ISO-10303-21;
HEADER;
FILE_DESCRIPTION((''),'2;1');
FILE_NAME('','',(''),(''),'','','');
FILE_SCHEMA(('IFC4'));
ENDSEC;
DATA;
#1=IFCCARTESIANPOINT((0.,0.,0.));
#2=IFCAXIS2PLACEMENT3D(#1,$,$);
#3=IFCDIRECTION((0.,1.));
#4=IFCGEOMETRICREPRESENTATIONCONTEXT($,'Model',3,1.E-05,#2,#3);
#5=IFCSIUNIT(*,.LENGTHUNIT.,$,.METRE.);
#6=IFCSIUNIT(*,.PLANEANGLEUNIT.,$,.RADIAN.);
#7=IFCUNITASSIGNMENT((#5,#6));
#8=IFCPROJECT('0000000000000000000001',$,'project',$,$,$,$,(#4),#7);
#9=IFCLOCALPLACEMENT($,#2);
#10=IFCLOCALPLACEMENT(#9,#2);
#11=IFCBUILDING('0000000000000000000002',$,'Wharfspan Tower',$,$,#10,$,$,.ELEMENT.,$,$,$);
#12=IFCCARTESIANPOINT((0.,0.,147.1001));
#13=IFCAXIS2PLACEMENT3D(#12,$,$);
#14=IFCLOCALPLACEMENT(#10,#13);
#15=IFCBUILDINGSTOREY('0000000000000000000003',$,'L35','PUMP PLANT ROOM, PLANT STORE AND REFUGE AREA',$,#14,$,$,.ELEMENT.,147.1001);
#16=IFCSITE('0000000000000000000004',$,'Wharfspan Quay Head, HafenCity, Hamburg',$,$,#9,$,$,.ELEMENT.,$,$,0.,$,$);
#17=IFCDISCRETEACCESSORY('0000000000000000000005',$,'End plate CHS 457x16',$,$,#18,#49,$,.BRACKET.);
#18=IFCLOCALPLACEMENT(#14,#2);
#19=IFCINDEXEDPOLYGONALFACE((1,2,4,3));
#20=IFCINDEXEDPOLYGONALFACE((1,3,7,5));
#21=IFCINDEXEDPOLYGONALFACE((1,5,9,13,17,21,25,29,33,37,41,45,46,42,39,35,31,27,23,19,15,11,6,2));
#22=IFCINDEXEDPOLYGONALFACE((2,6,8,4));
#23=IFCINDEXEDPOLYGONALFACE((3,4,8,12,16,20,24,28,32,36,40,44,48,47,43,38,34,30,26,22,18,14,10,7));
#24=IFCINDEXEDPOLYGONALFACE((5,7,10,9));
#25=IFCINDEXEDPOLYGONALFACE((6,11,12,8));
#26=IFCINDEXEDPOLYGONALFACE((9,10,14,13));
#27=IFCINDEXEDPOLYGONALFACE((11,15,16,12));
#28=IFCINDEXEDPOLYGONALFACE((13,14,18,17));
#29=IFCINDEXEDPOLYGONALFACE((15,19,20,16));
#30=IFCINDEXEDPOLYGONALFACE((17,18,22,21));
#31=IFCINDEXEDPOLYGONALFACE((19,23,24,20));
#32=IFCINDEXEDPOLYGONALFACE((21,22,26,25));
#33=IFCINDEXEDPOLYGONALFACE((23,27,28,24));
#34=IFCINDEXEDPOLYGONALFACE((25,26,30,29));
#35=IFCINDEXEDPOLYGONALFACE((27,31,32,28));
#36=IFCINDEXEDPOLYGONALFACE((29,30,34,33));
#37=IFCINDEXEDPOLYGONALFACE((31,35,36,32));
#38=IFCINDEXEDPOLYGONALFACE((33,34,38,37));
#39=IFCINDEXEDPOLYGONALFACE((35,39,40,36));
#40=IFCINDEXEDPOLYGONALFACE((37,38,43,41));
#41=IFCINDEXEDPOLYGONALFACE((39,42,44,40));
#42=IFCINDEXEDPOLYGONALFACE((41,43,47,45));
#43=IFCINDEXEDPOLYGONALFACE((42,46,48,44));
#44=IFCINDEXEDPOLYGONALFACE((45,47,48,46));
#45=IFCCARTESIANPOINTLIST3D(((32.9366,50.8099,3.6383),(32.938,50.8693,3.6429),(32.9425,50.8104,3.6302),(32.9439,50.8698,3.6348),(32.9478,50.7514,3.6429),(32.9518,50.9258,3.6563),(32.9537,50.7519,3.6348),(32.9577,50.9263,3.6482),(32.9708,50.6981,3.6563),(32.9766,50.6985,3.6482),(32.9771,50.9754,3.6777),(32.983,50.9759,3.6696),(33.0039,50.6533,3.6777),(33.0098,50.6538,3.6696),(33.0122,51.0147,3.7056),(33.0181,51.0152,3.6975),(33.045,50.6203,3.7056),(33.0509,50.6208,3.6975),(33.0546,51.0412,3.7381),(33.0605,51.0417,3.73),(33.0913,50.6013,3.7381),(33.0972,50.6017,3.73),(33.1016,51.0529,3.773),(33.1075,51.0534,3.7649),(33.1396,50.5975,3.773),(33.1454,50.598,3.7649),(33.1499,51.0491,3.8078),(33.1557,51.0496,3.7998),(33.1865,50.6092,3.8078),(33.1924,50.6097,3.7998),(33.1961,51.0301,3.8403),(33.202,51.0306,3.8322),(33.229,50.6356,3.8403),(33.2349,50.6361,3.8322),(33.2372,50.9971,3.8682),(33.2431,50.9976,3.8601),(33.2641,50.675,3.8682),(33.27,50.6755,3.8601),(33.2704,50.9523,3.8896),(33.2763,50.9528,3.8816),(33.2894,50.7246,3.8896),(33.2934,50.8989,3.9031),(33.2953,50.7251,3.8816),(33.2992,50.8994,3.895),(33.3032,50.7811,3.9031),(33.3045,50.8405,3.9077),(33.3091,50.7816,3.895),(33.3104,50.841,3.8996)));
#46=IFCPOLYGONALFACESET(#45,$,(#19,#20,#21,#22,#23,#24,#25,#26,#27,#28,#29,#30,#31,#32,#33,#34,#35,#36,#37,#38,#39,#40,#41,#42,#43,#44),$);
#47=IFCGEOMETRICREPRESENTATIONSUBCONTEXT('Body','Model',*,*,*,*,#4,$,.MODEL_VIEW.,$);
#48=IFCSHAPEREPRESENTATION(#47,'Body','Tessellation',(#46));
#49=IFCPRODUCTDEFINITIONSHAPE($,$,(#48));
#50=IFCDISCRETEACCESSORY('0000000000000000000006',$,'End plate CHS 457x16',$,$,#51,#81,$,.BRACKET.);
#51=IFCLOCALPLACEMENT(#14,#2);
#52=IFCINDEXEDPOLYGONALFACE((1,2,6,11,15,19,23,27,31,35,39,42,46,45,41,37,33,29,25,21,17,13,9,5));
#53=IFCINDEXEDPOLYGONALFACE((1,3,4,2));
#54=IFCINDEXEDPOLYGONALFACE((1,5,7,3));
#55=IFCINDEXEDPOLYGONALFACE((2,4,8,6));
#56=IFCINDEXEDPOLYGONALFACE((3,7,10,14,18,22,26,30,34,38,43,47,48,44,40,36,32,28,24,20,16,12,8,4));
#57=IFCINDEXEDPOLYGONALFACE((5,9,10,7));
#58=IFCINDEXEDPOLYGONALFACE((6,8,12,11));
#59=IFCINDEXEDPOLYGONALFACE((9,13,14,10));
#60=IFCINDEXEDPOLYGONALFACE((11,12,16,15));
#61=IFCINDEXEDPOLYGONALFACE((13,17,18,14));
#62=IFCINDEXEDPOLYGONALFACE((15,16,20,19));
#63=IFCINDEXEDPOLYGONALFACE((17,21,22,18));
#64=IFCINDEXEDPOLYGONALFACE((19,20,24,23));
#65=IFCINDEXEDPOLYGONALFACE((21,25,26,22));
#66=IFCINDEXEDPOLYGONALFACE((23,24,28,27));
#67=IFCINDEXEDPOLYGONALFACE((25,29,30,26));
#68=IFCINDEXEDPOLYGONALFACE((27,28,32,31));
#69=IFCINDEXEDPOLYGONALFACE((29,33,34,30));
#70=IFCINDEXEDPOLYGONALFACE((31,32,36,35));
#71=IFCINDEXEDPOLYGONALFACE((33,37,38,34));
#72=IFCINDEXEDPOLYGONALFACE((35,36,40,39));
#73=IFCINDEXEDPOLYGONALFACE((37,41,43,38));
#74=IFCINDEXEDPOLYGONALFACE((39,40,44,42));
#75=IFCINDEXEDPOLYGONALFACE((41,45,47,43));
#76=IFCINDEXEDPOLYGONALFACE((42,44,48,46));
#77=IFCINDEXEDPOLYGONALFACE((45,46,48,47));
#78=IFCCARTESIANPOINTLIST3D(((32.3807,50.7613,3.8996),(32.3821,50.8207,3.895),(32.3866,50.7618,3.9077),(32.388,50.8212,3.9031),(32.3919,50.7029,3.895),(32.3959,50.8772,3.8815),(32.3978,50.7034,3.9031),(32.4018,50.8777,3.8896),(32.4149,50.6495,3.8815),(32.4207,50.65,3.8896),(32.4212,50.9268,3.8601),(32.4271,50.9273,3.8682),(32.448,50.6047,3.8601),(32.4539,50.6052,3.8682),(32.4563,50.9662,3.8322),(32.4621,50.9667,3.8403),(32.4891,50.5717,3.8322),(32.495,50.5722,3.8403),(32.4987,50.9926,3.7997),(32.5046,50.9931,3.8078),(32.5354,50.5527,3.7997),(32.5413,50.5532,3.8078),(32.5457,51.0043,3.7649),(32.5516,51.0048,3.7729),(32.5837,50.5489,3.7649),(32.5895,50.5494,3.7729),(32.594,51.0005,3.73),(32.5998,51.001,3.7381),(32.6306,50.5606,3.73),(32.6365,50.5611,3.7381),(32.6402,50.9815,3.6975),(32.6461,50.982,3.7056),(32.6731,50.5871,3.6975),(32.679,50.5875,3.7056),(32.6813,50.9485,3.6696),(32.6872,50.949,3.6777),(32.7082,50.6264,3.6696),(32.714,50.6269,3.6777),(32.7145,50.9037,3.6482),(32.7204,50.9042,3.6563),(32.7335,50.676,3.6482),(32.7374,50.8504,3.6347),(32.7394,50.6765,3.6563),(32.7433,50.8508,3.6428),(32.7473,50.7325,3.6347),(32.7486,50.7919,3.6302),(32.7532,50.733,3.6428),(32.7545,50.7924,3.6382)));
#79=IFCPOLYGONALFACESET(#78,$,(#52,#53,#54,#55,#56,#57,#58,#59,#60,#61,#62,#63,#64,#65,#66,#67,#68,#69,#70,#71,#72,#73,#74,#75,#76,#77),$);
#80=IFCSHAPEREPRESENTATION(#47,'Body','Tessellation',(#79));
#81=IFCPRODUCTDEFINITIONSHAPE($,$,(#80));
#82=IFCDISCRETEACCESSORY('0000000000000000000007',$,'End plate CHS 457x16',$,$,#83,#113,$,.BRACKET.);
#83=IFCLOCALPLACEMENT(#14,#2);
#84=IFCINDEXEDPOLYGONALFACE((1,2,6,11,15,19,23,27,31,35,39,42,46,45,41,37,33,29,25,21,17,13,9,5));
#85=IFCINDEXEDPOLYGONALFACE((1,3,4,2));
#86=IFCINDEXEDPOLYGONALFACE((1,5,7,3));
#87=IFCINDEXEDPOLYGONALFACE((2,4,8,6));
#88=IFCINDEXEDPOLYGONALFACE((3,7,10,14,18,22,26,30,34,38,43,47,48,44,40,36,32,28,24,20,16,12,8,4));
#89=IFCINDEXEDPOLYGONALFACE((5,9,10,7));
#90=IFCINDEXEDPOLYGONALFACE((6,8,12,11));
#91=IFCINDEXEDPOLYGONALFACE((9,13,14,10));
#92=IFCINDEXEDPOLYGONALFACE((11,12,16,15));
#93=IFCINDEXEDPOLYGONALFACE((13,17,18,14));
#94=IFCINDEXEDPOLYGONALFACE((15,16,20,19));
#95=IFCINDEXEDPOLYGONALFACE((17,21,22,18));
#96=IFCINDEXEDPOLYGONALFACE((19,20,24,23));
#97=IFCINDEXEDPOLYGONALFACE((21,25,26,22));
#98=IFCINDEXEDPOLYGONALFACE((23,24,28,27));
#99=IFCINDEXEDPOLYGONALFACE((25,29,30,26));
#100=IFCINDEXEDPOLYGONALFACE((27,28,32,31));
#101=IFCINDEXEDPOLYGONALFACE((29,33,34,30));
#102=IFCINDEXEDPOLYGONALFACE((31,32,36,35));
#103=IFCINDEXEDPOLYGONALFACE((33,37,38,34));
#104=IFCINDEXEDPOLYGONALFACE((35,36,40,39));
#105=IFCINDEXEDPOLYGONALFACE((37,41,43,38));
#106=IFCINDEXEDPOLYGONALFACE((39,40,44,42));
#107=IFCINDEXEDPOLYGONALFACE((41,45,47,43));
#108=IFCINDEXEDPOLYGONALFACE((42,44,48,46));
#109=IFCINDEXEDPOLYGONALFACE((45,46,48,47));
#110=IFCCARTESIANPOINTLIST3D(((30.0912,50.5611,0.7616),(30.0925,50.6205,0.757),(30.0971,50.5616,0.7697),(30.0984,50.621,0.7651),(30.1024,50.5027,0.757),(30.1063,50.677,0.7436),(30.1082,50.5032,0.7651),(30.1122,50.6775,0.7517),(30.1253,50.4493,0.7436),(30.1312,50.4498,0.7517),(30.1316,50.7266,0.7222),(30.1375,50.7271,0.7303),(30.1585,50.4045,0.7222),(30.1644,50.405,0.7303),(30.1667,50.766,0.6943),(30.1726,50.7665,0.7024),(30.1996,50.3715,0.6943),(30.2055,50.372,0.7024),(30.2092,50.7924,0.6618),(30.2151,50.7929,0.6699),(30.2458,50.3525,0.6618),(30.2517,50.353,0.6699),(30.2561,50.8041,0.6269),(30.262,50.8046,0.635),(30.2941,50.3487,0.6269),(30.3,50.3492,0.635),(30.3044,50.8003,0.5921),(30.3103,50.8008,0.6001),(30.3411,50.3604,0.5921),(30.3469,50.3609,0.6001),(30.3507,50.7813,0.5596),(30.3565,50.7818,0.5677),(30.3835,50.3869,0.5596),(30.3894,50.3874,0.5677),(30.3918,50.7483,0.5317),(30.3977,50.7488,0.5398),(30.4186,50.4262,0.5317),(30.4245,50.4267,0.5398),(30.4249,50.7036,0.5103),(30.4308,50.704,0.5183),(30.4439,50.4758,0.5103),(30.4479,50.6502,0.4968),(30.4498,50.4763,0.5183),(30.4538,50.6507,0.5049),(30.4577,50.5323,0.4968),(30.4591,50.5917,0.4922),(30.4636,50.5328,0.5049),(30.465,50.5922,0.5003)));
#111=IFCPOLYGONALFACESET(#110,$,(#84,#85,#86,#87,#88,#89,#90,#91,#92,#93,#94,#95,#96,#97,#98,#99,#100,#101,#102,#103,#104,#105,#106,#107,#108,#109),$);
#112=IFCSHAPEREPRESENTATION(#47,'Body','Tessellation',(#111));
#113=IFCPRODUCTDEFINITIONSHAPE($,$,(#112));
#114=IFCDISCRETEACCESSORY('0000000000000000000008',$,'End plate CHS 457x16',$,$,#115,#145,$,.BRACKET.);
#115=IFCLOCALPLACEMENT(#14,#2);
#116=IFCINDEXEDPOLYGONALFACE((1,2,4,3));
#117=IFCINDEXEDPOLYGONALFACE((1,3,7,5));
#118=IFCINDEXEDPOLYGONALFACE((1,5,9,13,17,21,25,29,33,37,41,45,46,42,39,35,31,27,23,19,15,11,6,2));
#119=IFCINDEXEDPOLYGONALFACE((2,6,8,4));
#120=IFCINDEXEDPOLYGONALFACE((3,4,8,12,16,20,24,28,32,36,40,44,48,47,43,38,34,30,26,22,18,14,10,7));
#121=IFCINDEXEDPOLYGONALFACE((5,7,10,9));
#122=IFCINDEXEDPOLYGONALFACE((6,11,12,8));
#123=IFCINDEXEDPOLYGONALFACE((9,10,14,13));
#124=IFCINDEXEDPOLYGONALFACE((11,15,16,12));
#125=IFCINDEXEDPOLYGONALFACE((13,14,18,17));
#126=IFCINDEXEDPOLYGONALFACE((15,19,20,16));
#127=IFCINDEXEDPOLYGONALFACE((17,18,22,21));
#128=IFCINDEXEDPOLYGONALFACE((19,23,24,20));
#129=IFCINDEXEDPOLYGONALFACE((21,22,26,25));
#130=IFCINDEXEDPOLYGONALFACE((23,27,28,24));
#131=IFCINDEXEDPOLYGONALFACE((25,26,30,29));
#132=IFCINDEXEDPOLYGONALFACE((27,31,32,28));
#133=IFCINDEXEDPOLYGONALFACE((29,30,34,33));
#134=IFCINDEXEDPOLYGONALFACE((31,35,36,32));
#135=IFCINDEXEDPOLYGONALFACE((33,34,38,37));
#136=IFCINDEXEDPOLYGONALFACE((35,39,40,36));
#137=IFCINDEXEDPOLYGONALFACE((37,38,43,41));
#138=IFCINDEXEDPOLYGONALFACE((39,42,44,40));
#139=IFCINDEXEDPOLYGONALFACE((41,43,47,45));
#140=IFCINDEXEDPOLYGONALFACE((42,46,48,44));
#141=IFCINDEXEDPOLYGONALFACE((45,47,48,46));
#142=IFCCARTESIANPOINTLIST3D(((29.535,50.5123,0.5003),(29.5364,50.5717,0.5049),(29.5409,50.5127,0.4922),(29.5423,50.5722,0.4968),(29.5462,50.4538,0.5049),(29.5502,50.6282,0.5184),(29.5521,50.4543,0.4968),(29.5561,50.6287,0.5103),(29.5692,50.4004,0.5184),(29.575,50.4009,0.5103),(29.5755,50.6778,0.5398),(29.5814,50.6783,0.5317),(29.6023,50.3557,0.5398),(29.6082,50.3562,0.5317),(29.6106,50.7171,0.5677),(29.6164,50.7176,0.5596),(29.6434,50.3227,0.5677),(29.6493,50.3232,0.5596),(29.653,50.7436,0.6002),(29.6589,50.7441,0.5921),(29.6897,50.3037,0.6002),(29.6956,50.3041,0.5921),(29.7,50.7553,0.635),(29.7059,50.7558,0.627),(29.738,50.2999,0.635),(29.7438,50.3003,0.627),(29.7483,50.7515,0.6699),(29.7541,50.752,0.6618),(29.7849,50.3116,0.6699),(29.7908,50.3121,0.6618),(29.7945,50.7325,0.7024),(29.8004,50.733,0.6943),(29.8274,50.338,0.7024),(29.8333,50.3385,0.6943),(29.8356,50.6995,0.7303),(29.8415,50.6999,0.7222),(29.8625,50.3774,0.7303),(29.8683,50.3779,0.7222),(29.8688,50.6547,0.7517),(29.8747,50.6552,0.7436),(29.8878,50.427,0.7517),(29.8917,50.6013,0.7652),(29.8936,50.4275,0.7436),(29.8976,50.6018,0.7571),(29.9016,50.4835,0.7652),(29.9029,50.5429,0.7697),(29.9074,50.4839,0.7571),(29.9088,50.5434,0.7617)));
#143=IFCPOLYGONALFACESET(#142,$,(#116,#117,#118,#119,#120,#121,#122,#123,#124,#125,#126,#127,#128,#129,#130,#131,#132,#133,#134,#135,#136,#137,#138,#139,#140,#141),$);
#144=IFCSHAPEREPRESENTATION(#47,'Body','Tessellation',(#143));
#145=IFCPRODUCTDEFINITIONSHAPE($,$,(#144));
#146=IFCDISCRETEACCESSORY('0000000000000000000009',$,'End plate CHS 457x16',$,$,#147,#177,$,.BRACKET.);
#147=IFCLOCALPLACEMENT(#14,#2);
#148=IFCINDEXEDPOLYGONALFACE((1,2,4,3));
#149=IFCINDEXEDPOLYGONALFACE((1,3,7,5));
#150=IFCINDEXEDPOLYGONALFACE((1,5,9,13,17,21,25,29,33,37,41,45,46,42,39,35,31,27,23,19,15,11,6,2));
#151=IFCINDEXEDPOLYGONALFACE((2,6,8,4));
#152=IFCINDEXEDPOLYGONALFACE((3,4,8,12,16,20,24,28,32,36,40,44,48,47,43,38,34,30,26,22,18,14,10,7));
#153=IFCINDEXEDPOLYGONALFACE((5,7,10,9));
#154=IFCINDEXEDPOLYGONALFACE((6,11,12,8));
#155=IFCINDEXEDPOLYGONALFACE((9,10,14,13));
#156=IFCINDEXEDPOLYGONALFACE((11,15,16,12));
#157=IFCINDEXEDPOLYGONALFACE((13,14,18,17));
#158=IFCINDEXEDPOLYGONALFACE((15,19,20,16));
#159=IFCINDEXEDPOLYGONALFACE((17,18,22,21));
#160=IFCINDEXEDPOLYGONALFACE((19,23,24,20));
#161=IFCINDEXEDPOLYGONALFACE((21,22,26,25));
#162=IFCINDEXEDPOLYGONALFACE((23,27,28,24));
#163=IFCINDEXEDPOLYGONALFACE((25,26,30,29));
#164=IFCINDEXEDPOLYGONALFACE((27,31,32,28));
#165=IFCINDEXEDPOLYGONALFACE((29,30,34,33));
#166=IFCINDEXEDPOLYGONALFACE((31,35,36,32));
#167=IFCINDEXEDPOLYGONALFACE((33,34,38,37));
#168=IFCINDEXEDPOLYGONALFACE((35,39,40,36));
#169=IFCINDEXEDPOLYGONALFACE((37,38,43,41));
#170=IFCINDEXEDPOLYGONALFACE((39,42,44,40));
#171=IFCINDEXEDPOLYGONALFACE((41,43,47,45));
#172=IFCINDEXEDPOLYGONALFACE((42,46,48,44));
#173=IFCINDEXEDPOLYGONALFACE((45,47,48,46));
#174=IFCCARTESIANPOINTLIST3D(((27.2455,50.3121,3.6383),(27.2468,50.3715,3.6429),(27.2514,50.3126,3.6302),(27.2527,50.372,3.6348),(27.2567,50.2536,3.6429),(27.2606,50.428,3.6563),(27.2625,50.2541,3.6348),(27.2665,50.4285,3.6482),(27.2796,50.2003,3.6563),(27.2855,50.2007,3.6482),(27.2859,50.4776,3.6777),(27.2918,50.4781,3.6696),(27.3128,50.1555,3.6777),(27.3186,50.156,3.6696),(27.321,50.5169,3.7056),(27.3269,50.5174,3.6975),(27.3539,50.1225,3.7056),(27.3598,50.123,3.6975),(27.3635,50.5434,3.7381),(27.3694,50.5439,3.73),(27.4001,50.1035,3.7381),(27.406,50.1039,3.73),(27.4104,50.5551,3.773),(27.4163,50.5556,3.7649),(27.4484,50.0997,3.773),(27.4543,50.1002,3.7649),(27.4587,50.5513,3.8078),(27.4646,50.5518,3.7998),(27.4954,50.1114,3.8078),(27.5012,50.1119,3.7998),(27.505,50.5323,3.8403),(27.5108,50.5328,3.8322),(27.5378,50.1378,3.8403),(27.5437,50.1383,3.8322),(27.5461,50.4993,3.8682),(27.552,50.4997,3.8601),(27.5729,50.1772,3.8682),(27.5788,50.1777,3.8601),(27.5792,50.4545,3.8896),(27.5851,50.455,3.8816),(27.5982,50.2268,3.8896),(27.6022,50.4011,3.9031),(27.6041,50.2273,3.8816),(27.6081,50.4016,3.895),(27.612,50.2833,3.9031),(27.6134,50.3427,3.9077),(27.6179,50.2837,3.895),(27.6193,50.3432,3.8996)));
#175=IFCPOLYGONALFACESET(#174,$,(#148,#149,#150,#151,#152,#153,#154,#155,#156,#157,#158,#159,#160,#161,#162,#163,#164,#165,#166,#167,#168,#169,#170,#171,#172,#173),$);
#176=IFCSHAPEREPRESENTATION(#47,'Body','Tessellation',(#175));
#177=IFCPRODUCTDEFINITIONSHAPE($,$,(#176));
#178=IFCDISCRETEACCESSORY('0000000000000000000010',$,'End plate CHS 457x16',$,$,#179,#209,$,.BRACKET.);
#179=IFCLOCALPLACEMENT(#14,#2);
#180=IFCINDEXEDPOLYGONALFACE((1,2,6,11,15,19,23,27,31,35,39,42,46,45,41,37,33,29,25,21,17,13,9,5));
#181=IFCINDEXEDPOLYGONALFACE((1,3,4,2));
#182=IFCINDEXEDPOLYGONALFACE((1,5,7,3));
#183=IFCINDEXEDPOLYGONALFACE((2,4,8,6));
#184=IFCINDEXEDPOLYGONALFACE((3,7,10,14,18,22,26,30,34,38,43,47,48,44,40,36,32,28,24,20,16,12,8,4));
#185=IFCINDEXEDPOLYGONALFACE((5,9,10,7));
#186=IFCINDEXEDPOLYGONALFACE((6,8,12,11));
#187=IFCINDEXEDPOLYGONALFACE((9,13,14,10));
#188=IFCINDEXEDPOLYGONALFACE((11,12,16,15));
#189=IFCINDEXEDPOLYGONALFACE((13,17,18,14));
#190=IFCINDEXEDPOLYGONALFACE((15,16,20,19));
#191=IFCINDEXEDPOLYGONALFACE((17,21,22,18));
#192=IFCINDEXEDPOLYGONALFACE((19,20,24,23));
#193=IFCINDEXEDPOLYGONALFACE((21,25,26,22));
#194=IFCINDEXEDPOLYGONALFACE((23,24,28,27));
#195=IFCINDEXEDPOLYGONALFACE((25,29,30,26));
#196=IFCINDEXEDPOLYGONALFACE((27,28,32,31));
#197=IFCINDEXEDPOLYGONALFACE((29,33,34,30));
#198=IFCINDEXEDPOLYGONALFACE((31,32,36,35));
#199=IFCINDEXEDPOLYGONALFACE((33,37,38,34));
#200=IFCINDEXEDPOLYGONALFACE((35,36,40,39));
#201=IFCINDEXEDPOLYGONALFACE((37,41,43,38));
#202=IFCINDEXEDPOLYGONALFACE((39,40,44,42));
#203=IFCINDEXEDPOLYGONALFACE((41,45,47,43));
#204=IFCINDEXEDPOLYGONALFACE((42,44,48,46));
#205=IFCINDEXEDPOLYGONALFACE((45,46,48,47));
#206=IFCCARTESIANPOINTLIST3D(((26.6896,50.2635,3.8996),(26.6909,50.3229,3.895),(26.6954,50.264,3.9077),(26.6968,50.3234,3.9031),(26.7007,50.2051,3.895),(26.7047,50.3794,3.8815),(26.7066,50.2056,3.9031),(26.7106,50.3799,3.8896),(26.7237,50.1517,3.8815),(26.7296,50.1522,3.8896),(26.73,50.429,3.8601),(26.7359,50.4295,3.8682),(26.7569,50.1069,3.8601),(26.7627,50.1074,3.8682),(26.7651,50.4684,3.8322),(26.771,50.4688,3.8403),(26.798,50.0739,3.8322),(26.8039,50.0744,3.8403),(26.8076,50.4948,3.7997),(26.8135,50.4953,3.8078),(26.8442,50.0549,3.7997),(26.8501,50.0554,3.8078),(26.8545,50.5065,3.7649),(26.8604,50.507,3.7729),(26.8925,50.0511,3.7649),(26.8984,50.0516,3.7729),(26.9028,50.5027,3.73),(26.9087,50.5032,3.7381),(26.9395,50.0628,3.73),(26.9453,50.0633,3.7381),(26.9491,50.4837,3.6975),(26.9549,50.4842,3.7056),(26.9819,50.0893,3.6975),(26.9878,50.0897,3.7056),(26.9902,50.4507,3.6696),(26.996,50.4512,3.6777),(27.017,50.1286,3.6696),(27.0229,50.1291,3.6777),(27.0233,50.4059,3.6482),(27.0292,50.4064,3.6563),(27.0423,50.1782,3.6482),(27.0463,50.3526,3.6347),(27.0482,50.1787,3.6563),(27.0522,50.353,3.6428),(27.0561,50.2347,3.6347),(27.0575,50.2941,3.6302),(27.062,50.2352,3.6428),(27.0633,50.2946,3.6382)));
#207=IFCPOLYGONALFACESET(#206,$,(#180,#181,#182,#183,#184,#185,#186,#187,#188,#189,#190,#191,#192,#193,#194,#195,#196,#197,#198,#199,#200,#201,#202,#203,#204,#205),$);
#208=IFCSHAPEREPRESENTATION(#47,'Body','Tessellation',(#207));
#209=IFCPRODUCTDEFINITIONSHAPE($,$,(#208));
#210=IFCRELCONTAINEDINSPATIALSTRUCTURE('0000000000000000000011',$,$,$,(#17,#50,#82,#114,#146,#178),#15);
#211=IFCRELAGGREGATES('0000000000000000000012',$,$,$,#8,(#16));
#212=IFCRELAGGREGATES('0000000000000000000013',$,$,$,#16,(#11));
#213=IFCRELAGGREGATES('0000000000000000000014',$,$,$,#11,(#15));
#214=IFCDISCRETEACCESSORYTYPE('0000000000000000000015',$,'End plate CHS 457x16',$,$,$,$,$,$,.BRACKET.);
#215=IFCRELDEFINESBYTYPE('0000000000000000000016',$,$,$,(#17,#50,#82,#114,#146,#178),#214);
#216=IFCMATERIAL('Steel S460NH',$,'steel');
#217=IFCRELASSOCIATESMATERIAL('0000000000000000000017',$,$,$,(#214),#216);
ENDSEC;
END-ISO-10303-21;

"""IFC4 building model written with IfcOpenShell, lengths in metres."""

from ifc_helpers import new_model, si_unit, direction, frame, origin, origin_2d, place, context, subcontext, project, spatial, circle, extrude, material, material_profile, profile_set, type_object, element, save


model = new_model("IFC4")

# Units and contexts
model_context = context("Model", 3, precision=1e-05, world=origin(), true_north=direction((0.0, 1.0)))
body_context = subcontext(model_context, "Body", "Model", "MODEL_VIEW")
ifc_project = project(units=[si_unit("LENGTHUNIT", "METRE"), si_unit("PLANEANGLEUNIT", "RADIAN")], contexts=[model_context])

# Site, building, storey
site_placement = place(None, origin())
site = spatial("IfcSite", under=ifc_project, at=site_placement, Name="Wharfspan Quay Head, HafenCity, Hamburg", CompositionType="ELEMENT", RefElevation=0.0)
building_placement = place(site_placement, origin())
building = spatial("IfcBuilding", under=site, at=building_placement, Name="Wharfspan Tower", CompositionType="ELEMENT")
storey_placement = place(building_placement, frame((0.0, 0.0, 147.1001)))
storey = spatial("IfcBuildingStorey", under=building, at=storey_placement, Name="L35", Description="PUMP PLANT ROOM, PLANT STORE AND REFUGE AREA", CompositionType="ELEMENT", Elevation=147.1001)

# Shared definitions
ifc_material_1 = material(Name="Steel S460NH", Category="steel")

# Discrete accessories
ifc_material_profile_1 = material_profile(ifc_material_1, circle(Radius=0.2285, at=origin_2d()))
ifc_profile_set_1 = profile_set([ifc_material_profile_1], Name="Steel S460NH")
discrete_accessory_type_1 = type_object("IfcDiscreteAccessoryType", Name="End plate CHS 457x16", PredefinedType="BRACKET", material=ifc_profile_set_1)
for number, where, z_axis, x_axis, name in (
    (1, (33.1265, 50.8257, 3.7649), (-0.587466, -0.048956, 0.807766), (0.083046, -0.996542, 0.0), "End plate CHS 457x16"),
    (2, (32.5706, 50.7771, 3.7729), (-0.587466, -0.048956, -0.807766), (0.083046, -0.996542, 0.0), "End plate CHS 457x16"),
    (3, (30.281, 50.5769, 0.635), (-0.587466, -0.048956, -0.807766), (0.083046, -0.996542, 0.0), "End plate CHS 457x16"),
    (4, (29.7249, 50.5281, 0.627), (-0.587466, -0.048956, 0.807766), (0.083046, -0.996542, 0.0), "End plate CHS 457x16"),
    (5, (27.4353, 50.3279, 3.7649), (-0.587466, -0.048956, 0.807766), (0.083046, -0.996542, 0.0), "End plate CHS 457x16"),
    (6, (26.8794, 50.2793, 3.7729), (-0.587466, -0.048956, -0.807766), (0.083046, -0.996542, 0.0), "End plate CHS 457x16"),
):
    element("IfcDiscreteAccessory", number, at=place(storey_placement, frame(where, z_axis=z_axis, x_axis=x_axis)), inside=storey, type_object=discrete_accessory_type_1, Name=name, PredefinedType="BRACKET", context=body_context, shape_type="SweptSolid", body=[
        extrude(circle(Radius=0.2285, at=origin_2d()), origin(), (0.0, 0.0, 1.0), 0.01),
    ])

save(model, "model.ifc")
